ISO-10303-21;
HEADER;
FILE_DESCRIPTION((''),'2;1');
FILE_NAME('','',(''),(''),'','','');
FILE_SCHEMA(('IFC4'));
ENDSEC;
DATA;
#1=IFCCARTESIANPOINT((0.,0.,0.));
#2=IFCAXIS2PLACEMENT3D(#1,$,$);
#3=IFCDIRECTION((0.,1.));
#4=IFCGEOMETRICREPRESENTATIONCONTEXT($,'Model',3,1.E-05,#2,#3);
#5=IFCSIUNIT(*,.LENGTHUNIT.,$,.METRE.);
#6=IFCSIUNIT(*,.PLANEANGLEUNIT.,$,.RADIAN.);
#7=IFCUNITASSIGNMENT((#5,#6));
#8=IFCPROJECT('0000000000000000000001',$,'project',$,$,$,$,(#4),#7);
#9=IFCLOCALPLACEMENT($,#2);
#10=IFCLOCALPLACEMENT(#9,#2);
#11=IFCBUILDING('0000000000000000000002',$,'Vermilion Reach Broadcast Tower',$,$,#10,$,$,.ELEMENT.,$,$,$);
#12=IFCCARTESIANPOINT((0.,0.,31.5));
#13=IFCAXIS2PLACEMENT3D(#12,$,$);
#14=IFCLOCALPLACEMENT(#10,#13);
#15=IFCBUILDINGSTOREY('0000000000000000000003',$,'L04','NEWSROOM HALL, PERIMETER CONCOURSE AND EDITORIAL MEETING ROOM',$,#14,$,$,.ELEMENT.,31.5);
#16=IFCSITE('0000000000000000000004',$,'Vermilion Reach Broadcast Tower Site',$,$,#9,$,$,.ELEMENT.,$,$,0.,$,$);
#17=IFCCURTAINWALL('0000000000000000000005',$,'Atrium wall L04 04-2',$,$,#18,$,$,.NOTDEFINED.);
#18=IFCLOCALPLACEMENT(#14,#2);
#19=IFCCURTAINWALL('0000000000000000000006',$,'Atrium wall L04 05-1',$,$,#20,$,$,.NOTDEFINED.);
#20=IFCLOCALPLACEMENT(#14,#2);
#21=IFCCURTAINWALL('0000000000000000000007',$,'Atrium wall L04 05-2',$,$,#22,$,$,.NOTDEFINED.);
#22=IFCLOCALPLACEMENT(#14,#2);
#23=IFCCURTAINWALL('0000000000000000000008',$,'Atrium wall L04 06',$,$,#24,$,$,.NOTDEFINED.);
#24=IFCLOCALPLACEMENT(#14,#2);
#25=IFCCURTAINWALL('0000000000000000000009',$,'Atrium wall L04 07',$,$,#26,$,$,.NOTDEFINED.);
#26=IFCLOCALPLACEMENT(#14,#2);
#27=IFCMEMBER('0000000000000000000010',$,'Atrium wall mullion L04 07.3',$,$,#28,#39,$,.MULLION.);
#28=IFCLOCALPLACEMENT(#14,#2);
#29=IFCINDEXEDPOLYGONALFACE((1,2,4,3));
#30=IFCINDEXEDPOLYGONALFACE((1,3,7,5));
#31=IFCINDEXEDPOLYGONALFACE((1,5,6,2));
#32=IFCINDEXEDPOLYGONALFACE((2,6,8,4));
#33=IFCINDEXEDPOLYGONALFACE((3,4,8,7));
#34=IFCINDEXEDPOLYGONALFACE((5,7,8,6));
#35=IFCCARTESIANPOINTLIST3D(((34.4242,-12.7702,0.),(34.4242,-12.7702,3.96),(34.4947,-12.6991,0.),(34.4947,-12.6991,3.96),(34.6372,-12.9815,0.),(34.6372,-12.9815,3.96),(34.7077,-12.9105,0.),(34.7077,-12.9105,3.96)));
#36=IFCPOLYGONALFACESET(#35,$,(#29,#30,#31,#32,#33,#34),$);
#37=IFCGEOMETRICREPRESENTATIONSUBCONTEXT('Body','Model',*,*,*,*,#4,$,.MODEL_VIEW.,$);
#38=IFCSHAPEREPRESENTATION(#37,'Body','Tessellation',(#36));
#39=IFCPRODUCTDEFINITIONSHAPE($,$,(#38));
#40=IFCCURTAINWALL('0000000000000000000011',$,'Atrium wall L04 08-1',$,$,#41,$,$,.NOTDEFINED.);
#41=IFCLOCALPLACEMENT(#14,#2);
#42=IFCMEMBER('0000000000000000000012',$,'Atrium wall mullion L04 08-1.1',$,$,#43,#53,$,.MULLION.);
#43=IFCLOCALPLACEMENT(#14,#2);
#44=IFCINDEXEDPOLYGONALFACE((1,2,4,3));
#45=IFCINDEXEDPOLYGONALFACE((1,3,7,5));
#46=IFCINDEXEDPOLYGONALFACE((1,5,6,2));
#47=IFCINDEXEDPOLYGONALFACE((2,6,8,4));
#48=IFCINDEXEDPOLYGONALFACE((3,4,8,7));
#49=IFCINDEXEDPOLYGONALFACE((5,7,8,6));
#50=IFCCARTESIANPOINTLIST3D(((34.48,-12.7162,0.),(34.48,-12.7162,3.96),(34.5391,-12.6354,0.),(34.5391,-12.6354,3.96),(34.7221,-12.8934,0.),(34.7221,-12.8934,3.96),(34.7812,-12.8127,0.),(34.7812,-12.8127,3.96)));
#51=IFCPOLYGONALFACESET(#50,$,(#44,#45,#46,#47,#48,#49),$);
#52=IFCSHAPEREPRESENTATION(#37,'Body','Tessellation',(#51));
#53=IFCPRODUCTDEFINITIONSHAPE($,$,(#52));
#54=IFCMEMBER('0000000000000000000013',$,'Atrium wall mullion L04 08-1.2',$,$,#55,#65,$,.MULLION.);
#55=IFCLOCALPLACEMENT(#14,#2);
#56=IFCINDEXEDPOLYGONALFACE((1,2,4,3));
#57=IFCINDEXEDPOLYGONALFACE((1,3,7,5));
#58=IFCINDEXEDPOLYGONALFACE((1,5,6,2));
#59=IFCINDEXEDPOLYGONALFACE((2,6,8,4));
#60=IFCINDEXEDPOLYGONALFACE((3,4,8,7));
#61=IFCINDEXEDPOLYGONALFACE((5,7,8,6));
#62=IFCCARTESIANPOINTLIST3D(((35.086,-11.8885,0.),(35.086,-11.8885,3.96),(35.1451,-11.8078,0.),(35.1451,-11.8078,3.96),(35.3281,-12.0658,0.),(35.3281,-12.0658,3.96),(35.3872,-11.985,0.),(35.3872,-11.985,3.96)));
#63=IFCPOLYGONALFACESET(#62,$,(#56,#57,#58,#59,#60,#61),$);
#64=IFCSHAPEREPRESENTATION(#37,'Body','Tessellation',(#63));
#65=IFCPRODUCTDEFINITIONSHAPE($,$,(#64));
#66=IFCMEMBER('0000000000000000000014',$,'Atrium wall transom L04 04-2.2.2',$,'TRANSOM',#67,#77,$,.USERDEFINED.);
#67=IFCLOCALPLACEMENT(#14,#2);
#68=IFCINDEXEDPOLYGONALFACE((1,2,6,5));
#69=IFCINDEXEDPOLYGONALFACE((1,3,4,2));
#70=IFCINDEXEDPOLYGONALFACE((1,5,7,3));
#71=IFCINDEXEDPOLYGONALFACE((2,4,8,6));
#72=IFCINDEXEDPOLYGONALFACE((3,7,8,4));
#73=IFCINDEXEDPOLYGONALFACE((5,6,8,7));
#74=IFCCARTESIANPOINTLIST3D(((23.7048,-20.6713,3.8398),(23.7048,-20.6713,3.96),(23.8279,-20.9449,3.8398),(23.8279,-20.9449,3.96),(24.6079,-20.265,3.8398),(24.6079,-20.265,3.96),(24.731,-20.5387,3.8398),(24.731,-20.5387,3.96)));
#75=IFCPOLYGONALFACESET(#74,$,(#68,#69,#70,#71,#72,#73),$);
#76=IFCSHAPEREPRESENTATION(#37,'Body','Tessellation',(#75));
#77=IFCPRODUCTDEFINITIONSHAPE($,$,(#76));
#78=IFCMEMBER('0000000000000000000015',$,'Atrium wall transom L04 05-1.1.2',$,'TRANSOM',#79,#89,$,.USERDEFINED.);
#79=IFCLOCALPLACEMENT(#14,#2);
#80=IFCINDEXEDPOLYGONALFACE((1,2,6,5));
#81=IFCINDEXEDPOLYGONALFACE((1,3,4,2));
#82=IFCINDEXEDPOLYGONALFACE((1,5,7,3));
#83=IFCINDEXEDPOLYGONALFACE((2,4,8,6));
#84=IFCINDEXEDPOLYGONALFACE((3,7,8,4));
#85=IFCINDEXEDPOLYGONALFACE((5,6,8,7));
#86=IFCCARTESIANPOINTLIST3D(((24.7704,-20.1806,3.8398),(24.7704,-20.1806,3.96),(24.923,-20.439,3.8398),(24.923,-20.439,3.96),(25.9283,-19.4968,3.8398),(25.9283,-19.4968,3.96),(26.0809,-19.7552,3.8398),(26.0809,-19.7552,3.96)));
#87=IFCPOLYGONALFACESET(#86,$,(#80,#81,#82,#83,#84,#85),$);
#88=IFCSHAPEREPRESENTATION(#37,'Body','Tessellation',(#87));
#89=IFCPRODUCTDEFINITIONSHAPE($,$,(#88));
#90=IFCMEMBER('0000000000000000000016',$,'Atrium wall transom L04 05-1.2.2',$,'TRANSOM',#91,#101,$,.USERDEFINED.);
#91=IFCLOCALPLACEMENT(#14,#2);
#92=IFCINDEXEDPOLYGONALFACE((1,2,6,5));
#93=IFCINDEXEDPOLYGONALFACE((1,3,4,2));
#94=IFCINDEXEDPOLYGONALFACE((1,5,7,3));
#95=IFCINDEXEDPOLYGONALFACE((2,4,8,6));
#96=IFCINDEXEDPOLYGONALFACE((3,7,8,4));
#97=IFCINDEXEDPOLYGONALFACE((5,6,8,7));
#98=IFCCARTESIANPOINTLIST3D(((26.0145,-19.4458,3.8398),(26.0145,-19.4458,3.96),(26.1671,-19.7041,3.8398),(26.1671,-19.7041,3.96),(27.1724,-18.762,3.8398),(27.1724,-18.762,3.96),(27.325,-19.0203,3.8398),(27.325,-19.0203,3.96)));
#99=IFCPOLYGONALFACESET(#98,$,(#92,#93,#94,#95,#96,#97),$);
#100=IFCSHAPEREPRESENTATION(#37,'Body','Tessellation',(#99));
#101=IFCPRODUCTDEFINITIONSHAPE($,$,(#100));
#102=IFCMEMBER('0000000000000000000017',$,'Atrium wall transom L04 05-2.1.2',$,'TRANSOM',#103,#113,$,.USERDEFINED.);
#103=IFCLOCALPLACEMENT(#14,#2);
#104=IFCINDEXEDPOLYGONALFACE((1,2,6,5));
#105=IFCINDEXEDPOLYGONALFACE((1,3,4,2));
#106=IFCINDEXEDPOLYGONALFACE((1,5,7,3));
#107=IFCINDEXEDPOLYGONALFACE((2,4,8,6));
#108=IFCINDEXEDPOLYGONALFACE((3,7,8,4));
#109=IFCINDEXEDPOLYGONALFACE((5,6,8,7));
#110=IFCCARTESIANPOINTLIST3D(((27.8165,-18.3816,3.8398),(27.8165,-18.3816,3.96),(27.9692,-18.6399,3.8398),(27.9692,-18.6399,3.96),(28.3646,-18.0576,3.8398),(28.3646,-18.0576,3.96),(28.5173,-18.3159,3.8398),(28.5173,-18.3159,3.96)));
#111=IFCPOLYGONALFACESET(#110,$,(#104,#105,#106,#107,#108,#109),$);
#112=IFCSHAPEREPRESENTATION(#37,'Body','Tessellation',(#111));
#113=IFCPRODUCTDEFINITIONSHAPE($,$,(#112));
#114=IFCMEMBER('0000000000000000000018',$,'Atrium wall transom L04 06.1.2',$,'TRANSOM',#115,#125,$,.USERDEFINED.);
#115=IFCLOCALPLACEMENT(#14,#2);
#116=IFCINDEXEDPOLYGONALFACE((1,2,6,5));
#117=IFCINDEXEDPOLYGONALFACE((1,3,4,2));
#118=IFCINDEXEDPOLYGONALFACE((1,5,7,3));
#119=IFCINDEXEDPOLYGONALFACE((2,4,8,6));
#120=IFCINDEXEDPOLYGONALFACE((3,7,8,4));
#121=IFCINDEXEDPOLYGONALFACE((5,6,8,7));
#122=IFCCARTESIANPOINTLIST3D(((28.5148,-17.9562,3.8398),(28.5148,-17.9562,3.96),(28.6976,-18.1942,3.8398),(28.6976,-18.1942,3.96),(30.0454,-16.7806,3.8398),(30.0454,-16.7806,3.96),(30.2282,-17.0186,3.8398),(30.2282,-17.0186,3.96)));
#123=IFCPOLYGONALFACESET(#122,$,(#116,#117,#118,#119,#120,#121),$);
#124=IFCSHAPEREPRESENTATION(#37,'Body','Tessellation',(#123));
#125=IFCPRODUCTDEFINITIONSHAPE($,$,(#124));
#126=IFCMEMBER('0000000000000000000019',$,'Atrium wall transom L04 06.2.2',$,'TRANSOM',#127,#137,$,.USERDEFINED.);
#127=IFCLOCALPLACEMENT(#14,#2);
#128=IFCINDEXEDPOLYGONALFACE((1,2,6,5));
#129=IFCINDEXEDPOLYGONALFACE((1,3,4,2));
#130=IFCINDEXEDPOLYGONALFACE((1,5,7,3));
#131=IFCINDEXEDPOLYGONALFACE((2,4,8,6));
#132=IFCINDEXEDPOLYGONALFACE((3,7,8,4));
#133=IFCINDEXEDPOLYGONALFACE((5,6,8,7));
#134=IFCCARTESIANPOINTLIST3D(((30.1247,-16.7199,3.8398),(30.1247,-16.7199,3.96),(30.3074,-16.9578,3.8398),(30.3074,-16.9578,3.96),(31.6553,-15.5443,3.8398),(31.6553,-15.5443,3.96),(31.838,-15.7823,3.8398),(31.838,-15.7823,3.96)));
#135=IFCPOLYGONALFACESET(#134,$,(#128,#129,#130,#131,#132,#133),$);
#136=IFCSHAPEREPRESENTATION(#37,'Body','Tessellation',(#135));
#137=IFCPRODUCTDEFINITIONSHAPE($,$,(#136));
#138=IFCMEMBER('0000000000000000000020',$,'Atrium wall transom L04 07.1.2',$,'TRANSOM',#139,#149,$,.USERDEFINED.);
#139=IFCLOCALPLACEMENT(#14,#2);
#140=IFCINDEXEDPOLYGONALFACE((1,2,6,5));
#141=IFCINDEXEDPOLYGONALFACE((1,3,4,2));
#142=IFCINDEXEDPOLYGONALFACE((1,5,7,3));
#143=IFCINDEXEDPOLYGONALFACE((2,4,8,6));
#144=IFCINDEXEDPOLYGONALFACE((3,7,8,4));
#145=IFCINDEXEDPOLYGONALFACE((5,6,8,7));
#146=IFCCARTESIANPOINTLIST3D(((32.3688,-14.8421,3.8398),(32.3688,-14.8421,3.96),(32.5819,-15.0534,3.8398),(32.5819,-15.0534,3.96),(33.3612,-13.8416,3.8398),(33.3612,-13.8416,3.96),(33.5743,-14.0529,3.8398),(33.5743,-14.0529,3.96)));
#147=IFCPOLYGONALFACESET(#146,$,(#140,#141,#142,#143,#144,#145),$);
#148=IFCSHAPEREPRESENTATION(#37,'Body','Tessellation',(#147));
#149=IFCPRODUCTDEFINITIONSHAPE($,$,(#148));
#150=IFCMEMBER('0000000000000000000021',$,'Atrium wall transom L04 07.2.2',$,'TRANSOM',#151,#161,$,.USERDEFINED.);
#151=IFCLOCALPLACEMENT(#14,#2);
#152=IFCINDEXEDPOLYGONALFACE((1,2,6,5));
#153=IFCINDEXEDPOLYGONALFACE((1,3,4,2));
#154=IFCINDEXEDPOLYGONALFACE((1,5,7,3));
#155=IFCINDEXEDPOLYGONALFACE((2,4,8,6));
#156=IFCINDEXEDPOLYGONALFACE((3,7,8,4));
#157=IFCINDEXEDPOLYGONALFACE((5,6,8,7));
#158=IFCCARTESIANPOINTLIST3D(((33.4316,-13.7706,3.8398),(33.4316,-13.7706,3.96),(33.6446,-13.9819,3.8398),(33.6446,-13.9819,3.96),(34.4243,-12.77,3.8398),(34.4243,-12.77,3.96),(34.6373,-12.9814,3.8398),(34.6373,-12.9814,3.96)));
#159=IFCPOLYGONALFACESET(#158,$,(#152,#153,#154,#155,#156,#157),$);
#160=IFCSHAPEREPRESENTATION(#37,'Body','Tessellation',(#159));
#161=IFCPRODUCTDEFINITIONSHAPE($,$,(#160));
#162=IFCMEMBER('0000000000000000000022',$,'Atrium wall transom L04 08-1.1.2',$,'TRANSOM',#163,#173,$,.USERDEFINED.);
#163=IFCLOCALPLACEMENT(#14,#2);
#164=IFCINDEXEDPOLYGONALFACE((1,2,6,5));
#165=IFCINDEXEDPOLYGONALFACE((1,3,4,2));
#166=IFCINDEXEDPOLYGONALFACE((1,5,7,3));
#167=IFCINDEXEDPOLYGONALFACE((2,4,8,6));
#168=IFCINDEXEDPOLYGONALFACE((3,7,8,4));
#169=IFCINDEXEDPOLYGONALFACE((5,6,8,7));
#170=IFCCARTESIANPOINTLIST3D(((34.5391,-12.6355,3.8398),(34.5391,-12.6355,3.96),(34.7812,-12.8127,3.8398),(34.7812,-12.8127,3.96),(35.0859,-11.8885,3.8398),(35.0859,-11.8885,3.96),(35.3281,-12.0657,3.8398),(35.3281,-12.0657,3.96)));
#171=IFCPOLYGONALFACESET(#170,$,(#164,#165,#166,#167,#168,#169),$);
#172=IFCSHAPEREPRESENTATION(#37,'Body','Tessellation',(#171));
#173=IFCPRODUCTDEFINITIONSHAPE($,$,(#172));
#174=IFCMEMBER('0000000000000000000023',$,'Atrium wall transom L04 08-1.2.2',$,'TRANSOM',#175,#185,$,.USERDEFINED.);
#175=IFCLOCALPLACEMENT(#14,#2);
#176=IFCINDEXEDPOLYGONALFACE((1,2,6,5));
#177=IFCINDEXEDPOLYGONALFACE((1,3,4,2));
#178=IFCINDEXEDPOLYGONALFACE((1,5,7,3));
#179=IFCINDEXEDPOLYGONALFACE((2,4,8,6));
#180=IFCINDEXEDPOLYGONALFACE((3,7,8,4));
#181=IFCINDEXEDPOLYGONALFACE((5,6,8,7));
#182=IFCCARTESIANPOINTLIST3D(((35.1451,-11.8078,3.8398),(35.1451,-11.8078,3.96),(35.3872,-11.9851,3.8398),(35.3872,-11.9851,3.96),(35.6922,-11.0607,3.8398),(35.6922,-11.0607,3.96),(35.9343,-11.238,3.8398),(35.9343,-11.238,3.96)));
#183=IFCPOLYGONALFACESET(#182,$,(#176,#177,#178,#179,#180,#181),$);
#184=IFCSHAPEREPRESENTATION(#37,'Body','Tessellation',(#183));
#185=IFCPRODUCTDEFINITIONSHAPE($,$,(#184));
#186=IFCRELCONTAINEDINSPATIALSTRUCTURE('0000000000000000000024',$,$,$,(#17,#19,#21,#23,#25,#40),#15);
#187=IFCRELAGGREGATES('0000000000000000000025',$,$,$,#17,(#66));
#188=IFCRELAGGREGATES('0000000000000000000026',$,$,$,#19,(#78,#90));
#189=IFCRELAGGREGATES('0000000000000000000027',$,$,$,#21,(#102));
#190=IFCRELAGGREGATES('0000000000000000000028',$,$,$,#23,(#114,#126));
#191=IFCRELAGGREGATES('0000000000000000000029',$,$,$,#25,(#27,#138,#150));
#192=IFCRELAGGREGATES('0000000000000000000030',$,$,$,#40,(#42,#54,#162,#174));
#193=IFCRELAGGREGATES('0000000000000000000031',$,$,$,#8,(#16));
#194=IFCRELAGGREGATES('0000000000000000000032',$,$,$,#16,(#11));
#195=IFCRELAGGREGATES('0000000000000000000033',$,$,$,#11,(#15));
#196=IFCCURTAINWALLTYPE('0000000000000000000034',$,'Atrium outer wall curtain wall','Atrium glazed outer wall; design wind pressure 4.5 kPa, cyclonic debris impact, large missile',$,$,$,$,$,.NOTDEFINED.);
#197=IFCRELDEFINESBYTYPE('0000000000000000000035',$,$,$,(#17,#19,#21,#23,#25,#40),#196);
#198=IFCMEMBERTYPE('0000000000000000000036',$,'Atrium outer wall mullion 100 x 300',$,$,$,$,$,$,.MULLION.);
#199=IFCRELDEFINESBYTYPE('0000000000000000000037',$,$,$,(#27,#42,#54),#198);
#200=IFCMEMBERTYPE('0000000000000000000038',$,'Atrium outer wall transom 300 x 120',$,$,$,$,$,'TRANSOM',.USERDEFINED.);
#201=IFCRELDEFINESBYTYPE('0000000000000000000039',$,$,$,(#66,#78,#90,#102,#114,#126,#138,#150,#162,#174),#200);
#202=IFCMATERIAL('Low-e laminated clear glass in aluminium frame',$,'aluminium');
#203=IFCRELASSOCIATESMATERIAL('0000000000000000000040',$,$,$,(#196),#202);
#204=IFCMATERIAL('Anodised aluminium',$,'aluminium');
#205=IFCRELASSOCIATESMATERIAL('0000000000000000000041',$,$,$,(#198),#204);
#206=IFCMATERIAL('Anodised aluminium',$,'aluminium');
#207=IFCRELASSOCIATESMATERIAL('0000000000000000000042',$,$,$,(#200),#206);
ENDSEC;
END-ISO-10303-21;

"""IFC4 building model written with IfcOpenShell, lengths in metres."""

from ifc_helpers import new_model, si_unit, direction, frame, origin, origin_2d, place, context, subcontext, project, spatial, rectangle, extrude, material, material_profile, profile_set, type_object, element, aggregate, save


model = new_model("IFC4")

# Units and contexts
model_context = context("Model", 3, precision=1e-05, world=origin(), true_north=direction((0.0, 1.0)))
body_context = subcontext(model_context, "Body", "Model", "MODEL_VIEW")
ifc_project = project(units=[si_unit("LENGTHUNIT", "METRE"), si_unit("PLANEANGLEUNIT", "RADIAN")], contexts=[model_context])

# Site, building, storey
site_placement = place(None, origin())
site = spatial("IfcSite", under=ifc_project, at=site_placement, Name="Vermilion Reach Broadcast Tower Site", CompositionType="ELEMENT", RefElevation=0.0)
building_placement = place(site_placement, origin())
building = spatial("IfcBuilding", under=site, at=building_placement, Name="Vermilion Reach Broadcast Tower", CompositionType="ELEMENT")
storey_placement = place(building_placement, frame((0.0, 0.0, 31.5)))
storey = spatial("IfcBuildingStorey", under=building, at=storey_placement, Name="L04", Description="NEWSROOM HALL, PERIMETER CONCOURSE AND EDITORIAL MEETING ROOM", CompositionType="ELEMENT", Elevation=31.5)

# Curtain walls, members
ifc_material_1 = material(Name="Low-e laminated clear glass in aluminium frame", Category="aluminium")
curtain_wall_type = type_object("IfcCurtainWallType", Name="Atrium outer wall curtain wall", Description="Atrium glazed outer wall; design wind pressure 4.5 kPa, cyclonic debris impact, large missile", PredefinedType="NOTDEFINED", material=ifc_material_1)
placement = place(storey_placement, origin())
curtain_wall_1 = element("IfcCurtainWall", 1, at=placement, inside=storey, type_object=curtain_wall_type, Name="Atrium wall L04 04-2", PredefinedType="NOTDEFINED")
ifc_material_2 = material(Name="Anodised aluminium", Category="aluminium")
ifc_material_profile_1 = material_profile(ifc_material_2, rectangle(XDim=0.3, YDim=0.1001, at=origin_2d()), Name="Atrium outer wall mullion 100 x 300")
ifc_profile_set_1 = profile_set([ifc_material_profile_1], Name="Anodised aluminium")
member_type_1 = type_object("IfcMemberType", Name="Atrium outer wall mullion 100 x 300", PredefinedType="MULLION", material=ifc_profile_set_1)
curtain_wall_2 = element("IfcCurtainWall", 2, at=placement, inside=storey, type_object=curtain_wall_type, Name="Atrium wall L04 05-1", PredefinedType="NOTDEFINED")
curtain_wall_3 = element("IfcCurtainWall", 3, at=placement, inside=storey, type_object=curtain_wall_type, Name="Atrium wall L04 05-2", PredefinedType="NOTDEFINED")
curtain_wall_4 = element("IfcCurtainWall", 4, at=placement, inside=storey, type_object=curtain_wall_type, Name="Atrium wall L04 06", PredefinedType="NOTDEFINED")
curtain_wall_5 = element("IfcCurtainWall", 5, at=placement, inside=storey, type_object=curtain_wall_type, Name="Atrium wall L04 07", PredefinedType="NOTDEFINED")
member_1_placement = place(storey_placement, frame((34.5659, -12.8403, 0.0), z_axis=(0.0, 0.0, 1.0), x_axis=(-0.709926, 0.704276, 0.0)))
member_1 = element("IfcMember", 6, at=member_1_placement, type_object=member_type_1, Name="Atrium wall mullion L04 07.3", PredefinedType="MULLION", context=body_context, shape_type="SweptSolid", body=[
    extrude(rectangle(XDim=0.3, YDim=0.1001, at=origin_2d()), origin(), (0.0, 0.0, 1.0), 3.96),
])
curtain_wall_6 = element("IfcCurtainWall", 7, at=placement, inside=storey, type_object=curtain_wall_type, Name="Atrium wall L04 08-1", PredefinedType="NOTDEFINED")
member_2_placement = place(storey_placement, frame((34.6306, -12.7644, 0.0), z_axis=(0.0, 0.0, 1.0), x_axis=(-0.806847, 0.59076, 0.0)))
member_2 = element("IfcMember", 8, at=member_2_placement, type_object=member_type_1, Name="Atrium wall mullion L04 08-1.1", PredefinedType="MULLION", context=body_context, shape_type="SweptSolid", body=[
    extrude(rectangle(XDim=0.3, YDim=0.1001, at=origin_2d()), origin(), (0.0, 0.0, 1.0), 3.96),
])
member_3_placement = place(storey_placement, frame((35.2366, -11.9368, 0.0), z_axis=(0.0, 0.0, 1.0), x_axis=(-0.806847, 0.59076, 0.0)))
member_3 = element("IfcMember", 9, at=member_3_placement, type_object=member_type_1, Name="Atrium wall mullion L04 08-1.2", PredefinedType="MULLION", context=body_context, shape_type="SweptSolid", body=[
    extrude(rectangle(XDim=0.3, YDim=0.1001, at=origin_2d()), origin(), (0.0, 0.0, 1.0), 3.96),
])

# Members
ifc_material_3 = material(Name="Anodised aluminium", Category="aluminium")
ifc_material_profile_2 = material_profile(ifc_material_3, rectangle(XDim=0.3, YDim=0.1201, at=origin_2d()), Name="Atrium outer wall transom 300 x 120")
ifc_profile_set_2 = profile_set([ifc_material_profile_2], Name="Anodised aluminium")
member_type_2 = type_object("IfcMemberType", Name="Atrium outer wall transom 300 x 120", ElementType="TRANSOM", PredefinedType="USERDEFINED", material=ifc_profile_set_2)
member_4_placement = place(storey_placement, frame((23.7664, -20.8081, 3.8999), z_axis=(0.911972, 0.410252, 0.0), x_axis=(-0.410252, 0.911972, 0.0)))
member_4 = element("IfcMember", 10, at=member_4_placement, type_object=member_type_2, Name="Atrium wall transom L04 04-2.2.2", ObjectType="TRANSOM", PredefinedType="USERDEFINED", context=body_context, shape_type="SweptSolid", body=[
    extrude(rectangle(XDim=0.3, YDim=0.1201, at=origin_2d()), origin(), (0.0, 0.0, 1.0), 0.9902),
])
member_5_placement = place(storey_placement, frame((24.8467, -20.3098, 3.8999), z_axis=(0.86106, 0.508503, 0.0), x_axis=(-0.508503, 0.86106, 0.0)))
member_5 = element("IfcMember", 11, at=member_5_placement, type_object=member_type_2, Name="Atrium wall transom L04 05-1.1.2", ObjectType="TRANSOM", PredefinedType="USERDEFINED", context=body_context, shape_type="SweptSolid", body=[
    extrude(rectangle(XDim=0.3, YDim=0.1201, at=origin_2d()), origin(), (0.0, 0.0, 1.0), 1.3447),
])
member_6_placement = place(storey_placement, frame((26.0908, -19.575, 3.8999), z_axis=(0.86106, 0.508503, 0.0), x_axis=(-0.508503, 0.86106, 0.0)))
member_6 = element("IfcMember", 12, at=member_6_placement, type_object=member_type_2, Name="Atrium wall transom L04 05-1.2.2", ObjectType="TRANSOM", PredefinedType="USERDEFINED", context=body_context, shape_type="SweptSolid", body=[
    extrude(rectangle(XDim=0.3, YDim=0.1201, at=origin_2d()), origin(), (0.0, 0.0, 1.0), 1.3447),
])
member_7_placement = place(storey_placement, frame((27.8928, -18.5107, 3.8999), z_axis=(0.860858, 0.508846, 0.0), x_axis=(-0.508846, 0.860858, 0.0)))
member_7 = element("IfcMember", 13, at=member_7_placement, type_object=member_type_2, Name="Atrium wall transom L04 05-2.1.2", ObjectType="TRANSOM", PredefinedType="USERDEFINED", context=body_context, shape_type="SweptSolid", body=[
    extrude(rectangle(XDim=0.3, YDim=0.1201, at=origin_2d()), origin(), (0.0, 0.0, 1.0), 0.6367),
])
member_8_placement = place(storey_placement, frame((28.6062, -18.0752, 3.8999), z_axis=(0.793071, 0.60913, 0.0), x_axis=(-0.60913, 0.793071, 0.0)))
member_8 = element("IfcMember", 14, at=member_8_placement, type_object=member_type_2, Name="Atrium wall transom L04 06.1.2", ObjectType="TRANSOM", PredefinedType="USERDEFINED", context=body_context, shape_type="SweptSolid", body=[
    extrude(rectangle(XDim=0.3, YDim=0.1201, at=origin_2d()), origin(), (0.0, 0.0, 1.0), 1.9299),
])
member_9_placement = place(storey_placement, frame((30.2161, -16.8389, 3.8999), z_axis=(0.793071, 0.60913, 0.0), x_axis=(-0.60913, 0.793071, 0.0)))
member_9 = element("IfcMember", 15, at=member_9_placement, type_object=member_type_2, Name="Atrium wall transom L04 06.2.2", ObjectType="TRANSOM", PredefinedType="USERDEFINED", context=body_context, shape_type="SweptSolid", body=[
    extrude(rectangle(XDim=0.3, YDim=0.1201, at=origin_2d()), origin(), (0.0, 0.0, 1.0), 1.9299),
])
member_10_placement = place(storey_placement, frame((32.4753, -14.9478, 3.8999), z_axis=(0.704242, 0.70996, 0.0), x_axis=(-0.70996, 0.704242, 0.0)))
member_10 = element("IfcMember", 16, at=member_10_placement, type_object=member_type_2, Name="Atrium wall transom L04 07.1.2", ObjectType="TRANSOM", PredefinedType="USERDEFINED", context=body_context, shape_type="SweptSolid", body=[
    extrude(rectangle(XDim=0.3, YDim=0.1201, at=origin_2d()), origin(), (0.0, 0.0, 1.0), 1.4092),
])
member_11_placement = place(storey_placement, frame((33.5381, -13.8762, 3.8999), z_axis=(0.70433, 0.709873, 0.0), x_axis=(-0.709873, 0.70433, 0.0)))
member_11 = element("IfcMember", 17, at=member_11_placement, type_object=member_type_2, Name="Atrium wall transom L04 07.2.2", ObjectType="TRANSOM", PredefinedType="USERDEFINED", context=body_context, shape_type="SweptSolid", body=[
    extrude(rectangle(XDim=0.3, YDim=0.1201, at=origin_2d()), origin(), (0.0, 0.0, 1.0), 1.4094),
])
member_12_placement = place(storey_placement, frame((34.6602, -12.7241, 3.8999), z_axis=(0.590678, 0.806908, 0.0), x_axis=(-0.806908, 0.590678, 0.0)))
member_12 = element("IfcMember", 18, at=member_12_placement, type_object=member_type_2, Name="Atrium wall transom L04 08-1.1.2", ObjectType="TRANSOM", PredefinedType="USERDEFINED", context=body_context, shape_type="SweptSolid", body=[
    extrude(rectangle(XDim=0.3, YDim=0.1201, at=origin_2d()), origin(), (0.0, 0.0, 1.0), 0.9258),
])
member_13_placement = place(storey_placement, frame((35.2661, -11.8965, 3.8999), z_axis=(0.590849, 0.806782, 0.0), x_axis=(-0.806782, 0.590849, 0.0)))
member_13 = element("IfcMember", 19, at=member_13_placement, type_object=member_type_2, Name="Atrium wall transom L04 08-1.2.2", ObjectType="TRANSOM", PredefinedType="USERDEFINED", context=body_context, shape_type="SweptSolid", body=[
    extrude(rectangle(XDim=0.3, YDim=0.1201, at=origin_2d()), origin(), (0.0, 0.0, 1.0), 0.926),
])

aggregate(curtain_wall_1, [member_4])
aggregate(curtain_wall_2, [member_5, member_6])
aggregate(curtain_wall_3, [member_7])
aggregate(curtain_wall_4, [member_8, member_9])
aggregate(curtain_wall_5, [member_1, member_10, member_11])
aggregate(curtain_wall_6, [member_2, member_3, member_12, member_13])

save(model, "model.ifc")
